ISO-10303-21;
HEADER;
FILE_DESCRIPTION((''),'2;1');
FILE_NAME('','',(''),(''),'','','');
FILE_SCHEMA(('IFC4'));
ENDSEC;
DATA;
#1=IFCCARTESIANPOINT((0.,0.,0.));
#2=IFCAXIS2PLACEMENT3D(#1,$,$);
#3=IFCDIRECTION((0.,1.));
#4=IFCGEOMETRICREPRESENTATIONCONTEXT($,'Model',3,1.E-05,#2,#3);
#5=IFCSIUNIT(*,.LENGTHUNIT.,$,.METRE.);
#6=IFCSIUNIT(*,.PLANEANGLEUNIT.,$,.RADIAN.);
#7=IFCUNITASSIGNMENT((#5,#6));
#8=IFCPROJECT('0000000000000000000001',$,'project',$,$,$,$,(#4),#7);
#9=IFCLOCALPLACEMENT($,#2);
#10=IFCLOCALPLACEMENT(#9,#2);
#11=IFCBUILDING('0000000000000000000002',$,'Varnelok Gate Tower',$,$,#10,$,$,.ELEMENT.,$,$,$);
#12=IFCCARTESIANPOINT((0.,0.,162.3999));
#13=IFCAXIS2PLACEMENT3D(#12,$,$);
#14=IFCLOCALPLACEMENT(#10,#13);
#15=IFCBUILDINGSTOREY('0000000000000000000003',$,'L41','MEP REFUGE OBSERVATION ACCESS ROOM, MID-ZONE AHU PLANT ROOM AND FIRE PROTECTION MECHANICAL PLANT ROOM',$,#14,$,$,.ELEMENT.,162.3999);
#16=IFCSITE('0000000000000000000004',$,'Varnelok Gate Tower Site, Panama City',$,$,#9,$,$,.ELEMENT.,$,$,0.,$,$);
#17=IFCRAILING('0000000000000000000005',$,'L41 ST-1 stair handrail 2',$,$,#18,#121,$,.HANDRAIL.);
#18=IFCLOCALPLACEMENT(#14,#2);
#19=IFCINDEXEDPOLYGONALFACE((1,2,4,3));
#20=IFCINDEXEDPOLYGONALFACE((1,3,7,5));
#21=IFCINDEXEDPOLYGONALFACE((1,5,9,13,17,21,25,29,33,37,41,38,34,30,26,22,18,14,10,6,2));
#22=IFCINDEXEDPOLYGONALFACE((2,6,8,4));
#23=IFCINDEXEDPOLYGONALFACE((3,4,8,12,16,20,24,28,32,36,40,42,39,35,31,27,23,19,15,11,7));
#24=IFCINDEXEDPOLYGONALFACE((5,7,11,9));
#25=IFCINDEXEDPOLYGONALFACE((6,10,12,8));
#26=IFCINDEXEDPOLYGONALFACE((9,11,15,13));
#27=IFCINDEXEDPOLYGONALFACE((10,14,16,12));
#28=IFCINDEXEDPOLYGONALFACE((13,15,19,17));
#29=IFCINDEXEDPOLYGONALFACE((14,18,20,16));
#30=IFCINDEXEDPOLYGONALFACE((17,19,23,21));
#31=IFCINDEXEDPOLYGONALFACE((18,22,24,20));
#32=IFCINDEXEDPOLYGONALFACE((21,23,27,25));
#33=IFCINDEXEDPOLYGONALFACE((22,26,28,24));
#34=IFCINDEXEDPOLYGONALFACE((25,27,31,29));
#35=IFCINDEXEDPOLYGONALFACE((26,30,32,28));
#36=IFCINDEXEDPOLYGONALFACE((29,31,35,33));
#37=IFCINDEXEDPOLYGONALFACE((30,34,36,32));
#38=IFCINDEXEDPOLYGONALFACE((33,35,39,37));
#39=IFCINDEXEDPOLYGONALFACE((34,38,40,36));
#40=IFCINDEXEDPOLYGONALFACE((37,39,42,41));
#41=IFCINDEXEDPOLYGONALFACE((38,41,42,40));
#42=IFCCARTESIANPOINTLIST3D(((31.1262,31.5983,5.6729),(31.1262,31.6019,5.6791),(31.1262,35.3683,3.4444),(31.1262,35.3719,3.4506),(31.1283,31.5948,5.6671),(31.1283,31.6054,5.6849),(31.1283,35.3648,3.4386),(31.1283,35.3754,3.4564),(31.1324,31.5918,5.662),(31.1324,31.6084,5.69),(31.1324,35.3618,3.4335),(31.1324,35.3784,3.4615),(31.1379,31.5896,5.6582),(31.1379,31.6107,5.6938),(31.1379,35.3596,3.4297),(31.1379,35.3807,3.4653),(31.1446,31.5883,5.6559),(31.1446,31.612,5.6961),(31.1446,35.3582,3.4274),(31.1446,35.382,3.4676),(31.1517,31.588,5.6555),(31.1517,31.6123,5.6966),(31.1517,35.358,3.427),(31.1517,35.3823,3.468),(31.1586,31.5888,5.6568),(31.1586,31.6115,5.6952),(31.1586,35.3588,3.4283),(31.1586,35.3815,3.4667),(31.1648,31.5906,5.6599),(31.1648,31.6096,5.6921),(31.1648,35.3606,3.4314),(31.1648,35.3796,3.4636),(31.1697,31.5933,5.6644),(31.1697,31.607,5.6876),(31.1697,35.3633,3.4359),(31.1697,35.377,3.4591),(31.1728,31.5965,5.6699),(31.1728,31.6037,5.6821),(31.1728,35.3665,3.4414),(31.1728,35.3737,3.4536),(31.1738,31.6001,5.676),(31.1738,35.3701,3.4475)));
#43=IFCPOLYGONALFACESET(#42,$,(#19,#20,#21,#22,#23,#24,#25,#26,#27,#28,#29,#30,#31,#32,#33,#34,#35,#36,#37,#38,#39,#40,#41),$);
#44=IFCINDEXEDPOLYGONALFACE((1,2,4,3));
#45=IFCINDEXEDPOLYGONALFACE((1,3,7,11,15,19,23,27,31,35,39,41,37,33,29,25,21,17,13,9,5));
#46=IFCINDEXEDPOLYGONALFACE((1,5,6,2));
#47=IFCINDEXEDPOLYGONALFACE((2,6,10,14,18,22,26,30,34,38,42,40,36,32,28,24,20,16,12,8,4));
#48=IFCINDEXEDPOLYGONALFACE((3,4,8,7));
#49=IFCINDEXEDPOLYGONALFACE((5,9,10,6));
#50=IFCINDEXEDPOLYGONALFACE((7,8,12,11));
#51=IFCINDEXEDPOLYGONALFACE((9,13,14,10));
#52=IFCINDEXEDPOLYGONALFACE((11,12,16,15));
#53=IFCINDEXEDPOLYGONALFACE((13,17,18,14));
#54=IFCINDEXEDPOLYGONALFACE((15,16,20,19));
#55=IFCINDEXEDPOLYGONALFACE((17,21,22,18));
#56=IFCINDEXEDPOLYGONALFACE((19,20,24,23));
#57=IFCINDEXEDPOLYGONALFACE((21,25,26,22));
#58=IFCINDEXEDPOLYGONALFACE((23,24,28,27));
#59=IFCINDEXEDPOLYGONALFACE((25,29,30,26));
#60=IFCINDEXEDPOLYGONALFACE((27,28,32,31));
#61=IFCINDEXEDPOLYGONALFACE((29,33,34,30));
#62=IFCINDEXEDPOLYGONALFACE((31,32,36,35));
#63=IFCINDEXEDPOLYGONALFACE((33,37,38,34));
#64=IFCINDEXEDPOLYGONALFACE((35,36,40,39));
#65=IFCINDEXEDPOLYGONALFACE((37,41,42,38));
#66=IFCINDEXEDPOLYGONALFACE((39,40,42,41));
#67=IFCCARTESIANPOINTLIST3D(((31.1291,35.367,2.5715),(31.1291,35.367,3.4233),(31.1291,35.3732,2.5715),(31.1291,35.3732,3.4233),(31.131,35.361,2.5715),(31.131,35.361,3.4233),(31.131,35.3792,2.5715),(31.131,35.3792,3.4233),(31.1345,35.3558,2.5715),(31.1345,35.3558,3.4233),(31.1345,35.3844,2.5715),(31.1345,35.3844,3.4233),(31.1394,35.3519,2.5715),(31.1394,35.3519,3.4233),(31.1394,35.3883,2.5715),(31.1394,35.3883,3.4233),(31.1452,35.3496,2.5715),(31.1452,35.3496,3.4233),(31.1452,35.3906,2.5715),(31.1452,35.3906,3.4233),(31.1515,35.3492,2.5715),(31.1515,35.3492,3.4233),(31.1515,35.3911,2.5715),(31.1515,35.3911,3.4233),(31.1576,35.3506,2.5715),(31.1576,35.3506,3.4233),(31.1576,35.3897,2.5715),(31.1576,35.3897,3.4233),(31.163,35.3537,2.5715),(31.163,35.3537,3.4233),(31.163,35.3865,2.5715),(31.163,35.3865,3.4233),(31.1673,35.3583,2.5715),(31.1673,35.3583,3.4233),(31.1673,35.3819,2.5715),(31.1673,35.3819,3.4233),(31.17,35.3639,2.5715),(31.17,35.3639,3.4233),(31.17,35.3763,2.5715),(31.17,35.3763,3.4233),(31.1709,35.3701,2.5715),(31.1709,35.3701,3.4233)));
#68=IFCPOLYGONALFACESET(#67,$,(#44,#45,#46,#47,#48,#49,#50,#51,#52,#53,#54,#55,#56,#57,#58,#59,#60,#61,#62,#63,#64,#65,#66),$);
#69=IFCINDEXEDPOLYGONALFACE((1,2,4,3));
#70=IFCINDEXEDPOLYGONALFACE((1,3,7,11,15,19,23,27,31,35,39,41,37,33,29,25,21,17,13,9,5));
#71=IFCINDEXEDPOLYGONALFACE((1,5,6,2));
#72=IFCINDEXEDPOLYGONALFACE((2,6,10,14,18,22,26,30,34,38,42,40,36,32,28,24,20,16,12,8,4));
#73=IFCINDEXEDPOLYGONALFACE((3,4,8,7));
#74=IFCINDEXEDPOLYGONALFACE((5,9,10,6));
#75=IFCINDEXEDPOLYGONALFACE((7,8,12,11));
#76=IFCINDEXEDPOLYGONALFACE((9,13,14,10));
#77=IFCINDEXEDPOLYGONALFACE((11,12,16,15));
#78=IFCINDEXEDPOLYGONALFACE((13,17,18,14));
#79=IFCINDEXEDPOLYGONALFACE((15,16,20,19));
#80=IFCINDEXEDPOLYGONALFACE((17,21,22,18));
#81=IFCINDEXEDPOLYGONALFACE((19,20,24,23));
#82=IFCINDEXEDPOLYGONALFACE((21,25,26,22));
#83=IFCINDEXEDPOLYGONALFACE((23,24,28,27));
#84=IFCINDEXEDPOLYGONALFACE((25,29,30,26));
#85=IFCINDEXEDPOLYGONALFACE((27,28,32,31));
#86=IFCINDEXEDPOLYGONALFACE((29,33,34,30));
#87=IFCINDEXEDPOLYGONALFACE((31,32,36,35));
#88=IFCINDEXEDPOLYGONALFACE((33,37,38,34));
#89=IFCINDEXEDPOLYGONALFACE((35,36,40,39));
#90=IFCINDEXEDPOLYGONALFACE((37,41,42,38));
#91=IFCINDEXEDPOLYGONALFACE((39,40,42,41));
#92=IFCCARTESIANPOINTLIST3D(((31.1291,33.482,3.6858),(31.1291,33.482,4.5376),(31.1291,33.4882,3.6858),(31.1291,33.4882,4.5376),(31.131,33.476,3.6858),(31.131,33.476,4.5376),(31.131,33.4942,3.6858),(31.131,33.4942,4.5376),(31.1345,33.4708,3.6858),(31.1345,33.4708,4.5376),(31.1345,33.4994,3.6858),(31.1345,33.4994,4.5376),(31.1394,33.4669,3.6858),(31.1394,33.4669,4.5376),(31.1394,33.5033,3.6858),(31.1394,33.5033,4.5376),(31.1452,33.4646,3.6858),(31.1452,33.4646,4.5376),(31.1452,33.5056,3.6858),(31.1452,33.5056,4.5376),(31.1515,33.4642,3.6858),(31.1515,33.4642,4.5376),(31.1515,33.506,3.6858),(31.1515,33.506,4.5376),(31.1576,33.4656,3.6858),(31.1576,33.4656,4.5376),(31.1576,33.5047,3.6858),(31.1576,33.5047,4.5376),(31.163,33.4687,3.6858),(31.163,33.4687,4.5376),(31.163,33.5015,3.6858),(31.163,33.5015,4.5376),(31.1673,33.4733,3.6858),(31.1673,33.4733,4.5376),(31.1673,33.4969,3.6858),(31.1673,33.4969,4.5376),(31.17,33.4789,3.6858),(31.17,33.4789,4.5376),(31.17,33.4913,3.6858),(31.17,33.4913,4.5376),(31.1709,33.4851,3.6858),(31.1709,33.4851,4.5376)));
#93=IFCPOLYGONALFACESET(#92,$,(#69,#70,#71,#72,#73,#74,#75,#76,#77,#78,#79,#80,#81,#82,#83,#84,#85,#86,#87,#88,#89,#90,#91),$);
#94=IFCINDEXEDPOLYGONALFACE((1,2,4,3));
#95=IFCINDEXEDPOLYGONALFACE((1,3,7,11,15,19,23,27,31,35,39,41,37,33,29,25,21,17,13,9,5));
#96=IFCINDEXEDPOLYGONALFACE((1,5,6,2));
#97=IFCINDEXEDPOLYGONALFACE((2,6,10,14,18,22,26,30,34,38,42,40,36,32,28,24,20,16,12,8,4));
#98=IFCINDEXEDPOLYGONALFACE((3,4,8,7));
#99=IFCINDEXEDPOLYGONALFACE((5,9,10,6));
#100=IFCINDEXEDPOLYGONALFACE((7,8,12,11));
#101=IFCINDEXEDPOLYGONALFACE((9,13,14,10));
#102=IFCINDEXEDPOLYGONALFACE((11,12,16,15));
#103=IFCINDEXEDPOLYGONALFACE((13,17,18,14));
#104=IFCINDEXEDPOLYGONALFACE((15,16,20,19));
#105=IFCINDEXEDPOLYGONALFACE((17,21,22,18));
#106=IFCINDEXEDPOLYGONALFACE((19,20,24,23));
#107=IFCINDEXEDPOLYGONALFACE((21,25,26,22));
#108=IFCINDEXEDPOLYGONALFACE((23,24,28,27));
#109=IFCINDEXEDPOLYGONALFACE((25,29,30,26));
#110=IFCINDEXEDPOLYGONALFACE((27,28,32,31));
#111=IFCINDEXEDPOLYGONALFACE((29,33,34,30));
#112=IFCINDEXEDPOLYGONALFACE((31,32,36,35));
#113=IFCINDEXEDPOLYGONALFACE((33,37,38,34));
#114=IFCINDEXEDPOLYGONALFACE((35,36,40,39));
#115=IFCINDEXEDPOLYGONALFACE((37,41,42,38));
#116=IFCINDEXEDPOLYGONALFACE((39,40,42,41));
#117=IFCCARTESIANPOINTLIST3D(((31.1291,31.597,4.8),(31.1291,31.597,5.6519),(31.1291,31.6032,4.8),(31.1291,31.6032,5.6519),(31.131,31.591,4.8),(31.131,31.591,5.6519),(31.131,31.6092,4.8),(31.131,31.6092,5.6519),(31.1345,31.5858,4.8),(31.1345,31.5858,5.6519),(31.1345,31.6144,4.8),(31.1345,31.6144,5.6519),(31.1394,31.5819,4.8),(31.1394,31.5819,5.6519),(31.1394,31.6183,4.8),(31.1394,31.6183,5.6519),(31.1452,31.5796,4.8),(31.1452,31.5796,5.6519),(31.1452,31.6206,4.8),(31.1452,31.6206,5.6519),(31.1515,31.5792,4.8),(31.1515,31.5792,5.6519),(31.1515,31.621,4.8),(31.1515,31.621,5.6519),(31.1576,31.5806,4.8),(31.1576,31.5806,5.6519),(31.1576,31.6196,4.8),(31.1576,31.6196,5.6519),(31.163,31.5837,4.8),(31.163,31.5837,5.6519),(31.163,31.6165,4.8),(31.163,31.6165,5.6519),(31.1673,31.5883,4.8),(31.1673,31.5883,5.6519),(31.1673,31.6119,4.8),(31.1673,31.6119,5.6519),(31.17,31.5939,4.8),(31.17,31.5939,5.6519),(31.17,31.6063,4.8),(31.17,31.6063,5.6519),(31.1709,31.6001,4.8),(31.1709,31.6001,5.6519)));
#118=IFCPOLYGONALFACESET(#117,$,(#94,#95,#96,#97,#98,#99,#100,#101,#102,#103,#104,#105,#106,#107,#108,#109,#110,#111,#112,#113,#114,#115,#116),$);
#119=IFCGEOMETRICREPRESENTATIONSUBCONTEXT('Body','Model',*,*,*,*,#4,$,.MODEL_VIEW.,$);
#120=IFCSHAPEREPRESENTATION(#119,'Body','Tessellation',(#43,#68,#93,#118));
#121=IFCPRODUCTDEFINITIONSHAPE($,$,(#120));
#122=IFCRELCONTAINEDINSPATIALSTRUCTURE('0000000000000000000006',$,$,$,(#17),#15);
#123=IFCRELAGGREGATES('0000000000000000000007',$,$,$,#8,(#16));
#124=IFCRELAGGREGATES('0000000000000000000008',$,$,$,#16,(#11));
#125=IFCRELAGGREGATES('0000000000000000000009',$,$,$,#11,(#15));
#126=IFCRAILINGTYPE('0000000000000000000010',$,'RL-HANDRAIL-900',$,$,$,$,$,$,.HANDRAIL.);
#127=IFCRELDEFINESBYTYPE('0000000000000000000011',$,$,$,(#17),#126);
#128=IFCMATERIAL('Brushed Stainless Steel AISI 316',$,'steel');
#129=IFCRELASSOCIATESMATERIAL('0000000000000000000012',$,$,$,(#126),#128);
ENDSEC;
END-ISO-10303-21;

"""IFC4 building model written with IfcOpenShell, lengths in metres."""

from ifc_helpers import new_model, si_unit, direction, frame, origin, origin_2d, place, context, subcontext, project, spatial, circle, extrude, material, type_object, element, save


model = new_model("IFC4")

# Units and contexts
model_context = context("Model", 3, precision=1e-05, world=origin(), true_north=direction((0.0, 1.0)))
body_context = subcontext(model_context, "Body", "Model", "MODEL_VIEW")
ifc_project = project(units=[si_unit("LENGTHUNIT", "METRE"), si_unit("PLANEANGLEUNIT", "RADIAN")], contexts=[model_context])

# Site, building, storey
site_placement = place(None, origin())
site = spatial("IfcSite", under=ifc_project, at=site_placement, Name="Varnelok Gate Tower Site, Panama City", CompositionType="ELEMENT", RefElevation=0.0)
building_placement = place(site_placement, origin())
building = spatial("IfcBuilding", under=site, at=building_placement, Name="Varnelok Gate Tower", CompositionType="ELEMENT")
storey_placement = place(building_placement, frame((0.0, 0.0, 162.3999)))
storey = spatial("IfcBuildingStorey", under=building, at=storey_placement, Name="L41", Description="MEP REFUGE OBSERVATION ACCESS ROOM, MID-ZONE AHU PLANT ROOM AND FIRE PROTECTION MECHANICAL PLANT ROOM", CompositionType="ELEMENT", Elevation=162.3999)

# Railing
ifc_material_1 = material(Name="Brushed Stainless Steel AISI 316", Category="steel")
railing_type_1 = type_object("IfcRailingType", Name="RL-HANDRAIL-900", PredefinedType="HANDRAIL", material=ifc_material_1)
railing_1_placement = place(storey_placement, frame((31.1499, 35.3701, 2.5715)))
element("IfcRailing", 1, at=railing_1_placement, inside=storey, type_object=railing_type_1, Name="L41 ST-1 stair handrail 2", PredefinedType="HANDRAIL", context=body_context, shape_type="SweptSolid", body=[
    extrude(circle(Radius=0.0239, at=origin_2d()), frame((0.0, 0.0, 0.876), z_axis=(0.0, -0.860849, 0.508861), x_axis=(1.0, 0.0, 0.0)), (0.0, 0.0, 1.0), 4.3794),
    extrude(circle(Radius=0.021, at=origin_2d()), origin(), (0.0, 0.0, 1.0), 0.8518),
    extrude(circle(Radius=0.021, at=origin_2d()), frame((0.0, -1.885, 1.1143)), (0.0, 0.0, 1.0), 0.8518),
    extrude(circle(Radius=0.021, at=origin_2d()), frame((0.0, -3.77, 2.2285)), (0.0, 0.0, 1.0), 0.8518),
])

save(model, "model.ifc")
